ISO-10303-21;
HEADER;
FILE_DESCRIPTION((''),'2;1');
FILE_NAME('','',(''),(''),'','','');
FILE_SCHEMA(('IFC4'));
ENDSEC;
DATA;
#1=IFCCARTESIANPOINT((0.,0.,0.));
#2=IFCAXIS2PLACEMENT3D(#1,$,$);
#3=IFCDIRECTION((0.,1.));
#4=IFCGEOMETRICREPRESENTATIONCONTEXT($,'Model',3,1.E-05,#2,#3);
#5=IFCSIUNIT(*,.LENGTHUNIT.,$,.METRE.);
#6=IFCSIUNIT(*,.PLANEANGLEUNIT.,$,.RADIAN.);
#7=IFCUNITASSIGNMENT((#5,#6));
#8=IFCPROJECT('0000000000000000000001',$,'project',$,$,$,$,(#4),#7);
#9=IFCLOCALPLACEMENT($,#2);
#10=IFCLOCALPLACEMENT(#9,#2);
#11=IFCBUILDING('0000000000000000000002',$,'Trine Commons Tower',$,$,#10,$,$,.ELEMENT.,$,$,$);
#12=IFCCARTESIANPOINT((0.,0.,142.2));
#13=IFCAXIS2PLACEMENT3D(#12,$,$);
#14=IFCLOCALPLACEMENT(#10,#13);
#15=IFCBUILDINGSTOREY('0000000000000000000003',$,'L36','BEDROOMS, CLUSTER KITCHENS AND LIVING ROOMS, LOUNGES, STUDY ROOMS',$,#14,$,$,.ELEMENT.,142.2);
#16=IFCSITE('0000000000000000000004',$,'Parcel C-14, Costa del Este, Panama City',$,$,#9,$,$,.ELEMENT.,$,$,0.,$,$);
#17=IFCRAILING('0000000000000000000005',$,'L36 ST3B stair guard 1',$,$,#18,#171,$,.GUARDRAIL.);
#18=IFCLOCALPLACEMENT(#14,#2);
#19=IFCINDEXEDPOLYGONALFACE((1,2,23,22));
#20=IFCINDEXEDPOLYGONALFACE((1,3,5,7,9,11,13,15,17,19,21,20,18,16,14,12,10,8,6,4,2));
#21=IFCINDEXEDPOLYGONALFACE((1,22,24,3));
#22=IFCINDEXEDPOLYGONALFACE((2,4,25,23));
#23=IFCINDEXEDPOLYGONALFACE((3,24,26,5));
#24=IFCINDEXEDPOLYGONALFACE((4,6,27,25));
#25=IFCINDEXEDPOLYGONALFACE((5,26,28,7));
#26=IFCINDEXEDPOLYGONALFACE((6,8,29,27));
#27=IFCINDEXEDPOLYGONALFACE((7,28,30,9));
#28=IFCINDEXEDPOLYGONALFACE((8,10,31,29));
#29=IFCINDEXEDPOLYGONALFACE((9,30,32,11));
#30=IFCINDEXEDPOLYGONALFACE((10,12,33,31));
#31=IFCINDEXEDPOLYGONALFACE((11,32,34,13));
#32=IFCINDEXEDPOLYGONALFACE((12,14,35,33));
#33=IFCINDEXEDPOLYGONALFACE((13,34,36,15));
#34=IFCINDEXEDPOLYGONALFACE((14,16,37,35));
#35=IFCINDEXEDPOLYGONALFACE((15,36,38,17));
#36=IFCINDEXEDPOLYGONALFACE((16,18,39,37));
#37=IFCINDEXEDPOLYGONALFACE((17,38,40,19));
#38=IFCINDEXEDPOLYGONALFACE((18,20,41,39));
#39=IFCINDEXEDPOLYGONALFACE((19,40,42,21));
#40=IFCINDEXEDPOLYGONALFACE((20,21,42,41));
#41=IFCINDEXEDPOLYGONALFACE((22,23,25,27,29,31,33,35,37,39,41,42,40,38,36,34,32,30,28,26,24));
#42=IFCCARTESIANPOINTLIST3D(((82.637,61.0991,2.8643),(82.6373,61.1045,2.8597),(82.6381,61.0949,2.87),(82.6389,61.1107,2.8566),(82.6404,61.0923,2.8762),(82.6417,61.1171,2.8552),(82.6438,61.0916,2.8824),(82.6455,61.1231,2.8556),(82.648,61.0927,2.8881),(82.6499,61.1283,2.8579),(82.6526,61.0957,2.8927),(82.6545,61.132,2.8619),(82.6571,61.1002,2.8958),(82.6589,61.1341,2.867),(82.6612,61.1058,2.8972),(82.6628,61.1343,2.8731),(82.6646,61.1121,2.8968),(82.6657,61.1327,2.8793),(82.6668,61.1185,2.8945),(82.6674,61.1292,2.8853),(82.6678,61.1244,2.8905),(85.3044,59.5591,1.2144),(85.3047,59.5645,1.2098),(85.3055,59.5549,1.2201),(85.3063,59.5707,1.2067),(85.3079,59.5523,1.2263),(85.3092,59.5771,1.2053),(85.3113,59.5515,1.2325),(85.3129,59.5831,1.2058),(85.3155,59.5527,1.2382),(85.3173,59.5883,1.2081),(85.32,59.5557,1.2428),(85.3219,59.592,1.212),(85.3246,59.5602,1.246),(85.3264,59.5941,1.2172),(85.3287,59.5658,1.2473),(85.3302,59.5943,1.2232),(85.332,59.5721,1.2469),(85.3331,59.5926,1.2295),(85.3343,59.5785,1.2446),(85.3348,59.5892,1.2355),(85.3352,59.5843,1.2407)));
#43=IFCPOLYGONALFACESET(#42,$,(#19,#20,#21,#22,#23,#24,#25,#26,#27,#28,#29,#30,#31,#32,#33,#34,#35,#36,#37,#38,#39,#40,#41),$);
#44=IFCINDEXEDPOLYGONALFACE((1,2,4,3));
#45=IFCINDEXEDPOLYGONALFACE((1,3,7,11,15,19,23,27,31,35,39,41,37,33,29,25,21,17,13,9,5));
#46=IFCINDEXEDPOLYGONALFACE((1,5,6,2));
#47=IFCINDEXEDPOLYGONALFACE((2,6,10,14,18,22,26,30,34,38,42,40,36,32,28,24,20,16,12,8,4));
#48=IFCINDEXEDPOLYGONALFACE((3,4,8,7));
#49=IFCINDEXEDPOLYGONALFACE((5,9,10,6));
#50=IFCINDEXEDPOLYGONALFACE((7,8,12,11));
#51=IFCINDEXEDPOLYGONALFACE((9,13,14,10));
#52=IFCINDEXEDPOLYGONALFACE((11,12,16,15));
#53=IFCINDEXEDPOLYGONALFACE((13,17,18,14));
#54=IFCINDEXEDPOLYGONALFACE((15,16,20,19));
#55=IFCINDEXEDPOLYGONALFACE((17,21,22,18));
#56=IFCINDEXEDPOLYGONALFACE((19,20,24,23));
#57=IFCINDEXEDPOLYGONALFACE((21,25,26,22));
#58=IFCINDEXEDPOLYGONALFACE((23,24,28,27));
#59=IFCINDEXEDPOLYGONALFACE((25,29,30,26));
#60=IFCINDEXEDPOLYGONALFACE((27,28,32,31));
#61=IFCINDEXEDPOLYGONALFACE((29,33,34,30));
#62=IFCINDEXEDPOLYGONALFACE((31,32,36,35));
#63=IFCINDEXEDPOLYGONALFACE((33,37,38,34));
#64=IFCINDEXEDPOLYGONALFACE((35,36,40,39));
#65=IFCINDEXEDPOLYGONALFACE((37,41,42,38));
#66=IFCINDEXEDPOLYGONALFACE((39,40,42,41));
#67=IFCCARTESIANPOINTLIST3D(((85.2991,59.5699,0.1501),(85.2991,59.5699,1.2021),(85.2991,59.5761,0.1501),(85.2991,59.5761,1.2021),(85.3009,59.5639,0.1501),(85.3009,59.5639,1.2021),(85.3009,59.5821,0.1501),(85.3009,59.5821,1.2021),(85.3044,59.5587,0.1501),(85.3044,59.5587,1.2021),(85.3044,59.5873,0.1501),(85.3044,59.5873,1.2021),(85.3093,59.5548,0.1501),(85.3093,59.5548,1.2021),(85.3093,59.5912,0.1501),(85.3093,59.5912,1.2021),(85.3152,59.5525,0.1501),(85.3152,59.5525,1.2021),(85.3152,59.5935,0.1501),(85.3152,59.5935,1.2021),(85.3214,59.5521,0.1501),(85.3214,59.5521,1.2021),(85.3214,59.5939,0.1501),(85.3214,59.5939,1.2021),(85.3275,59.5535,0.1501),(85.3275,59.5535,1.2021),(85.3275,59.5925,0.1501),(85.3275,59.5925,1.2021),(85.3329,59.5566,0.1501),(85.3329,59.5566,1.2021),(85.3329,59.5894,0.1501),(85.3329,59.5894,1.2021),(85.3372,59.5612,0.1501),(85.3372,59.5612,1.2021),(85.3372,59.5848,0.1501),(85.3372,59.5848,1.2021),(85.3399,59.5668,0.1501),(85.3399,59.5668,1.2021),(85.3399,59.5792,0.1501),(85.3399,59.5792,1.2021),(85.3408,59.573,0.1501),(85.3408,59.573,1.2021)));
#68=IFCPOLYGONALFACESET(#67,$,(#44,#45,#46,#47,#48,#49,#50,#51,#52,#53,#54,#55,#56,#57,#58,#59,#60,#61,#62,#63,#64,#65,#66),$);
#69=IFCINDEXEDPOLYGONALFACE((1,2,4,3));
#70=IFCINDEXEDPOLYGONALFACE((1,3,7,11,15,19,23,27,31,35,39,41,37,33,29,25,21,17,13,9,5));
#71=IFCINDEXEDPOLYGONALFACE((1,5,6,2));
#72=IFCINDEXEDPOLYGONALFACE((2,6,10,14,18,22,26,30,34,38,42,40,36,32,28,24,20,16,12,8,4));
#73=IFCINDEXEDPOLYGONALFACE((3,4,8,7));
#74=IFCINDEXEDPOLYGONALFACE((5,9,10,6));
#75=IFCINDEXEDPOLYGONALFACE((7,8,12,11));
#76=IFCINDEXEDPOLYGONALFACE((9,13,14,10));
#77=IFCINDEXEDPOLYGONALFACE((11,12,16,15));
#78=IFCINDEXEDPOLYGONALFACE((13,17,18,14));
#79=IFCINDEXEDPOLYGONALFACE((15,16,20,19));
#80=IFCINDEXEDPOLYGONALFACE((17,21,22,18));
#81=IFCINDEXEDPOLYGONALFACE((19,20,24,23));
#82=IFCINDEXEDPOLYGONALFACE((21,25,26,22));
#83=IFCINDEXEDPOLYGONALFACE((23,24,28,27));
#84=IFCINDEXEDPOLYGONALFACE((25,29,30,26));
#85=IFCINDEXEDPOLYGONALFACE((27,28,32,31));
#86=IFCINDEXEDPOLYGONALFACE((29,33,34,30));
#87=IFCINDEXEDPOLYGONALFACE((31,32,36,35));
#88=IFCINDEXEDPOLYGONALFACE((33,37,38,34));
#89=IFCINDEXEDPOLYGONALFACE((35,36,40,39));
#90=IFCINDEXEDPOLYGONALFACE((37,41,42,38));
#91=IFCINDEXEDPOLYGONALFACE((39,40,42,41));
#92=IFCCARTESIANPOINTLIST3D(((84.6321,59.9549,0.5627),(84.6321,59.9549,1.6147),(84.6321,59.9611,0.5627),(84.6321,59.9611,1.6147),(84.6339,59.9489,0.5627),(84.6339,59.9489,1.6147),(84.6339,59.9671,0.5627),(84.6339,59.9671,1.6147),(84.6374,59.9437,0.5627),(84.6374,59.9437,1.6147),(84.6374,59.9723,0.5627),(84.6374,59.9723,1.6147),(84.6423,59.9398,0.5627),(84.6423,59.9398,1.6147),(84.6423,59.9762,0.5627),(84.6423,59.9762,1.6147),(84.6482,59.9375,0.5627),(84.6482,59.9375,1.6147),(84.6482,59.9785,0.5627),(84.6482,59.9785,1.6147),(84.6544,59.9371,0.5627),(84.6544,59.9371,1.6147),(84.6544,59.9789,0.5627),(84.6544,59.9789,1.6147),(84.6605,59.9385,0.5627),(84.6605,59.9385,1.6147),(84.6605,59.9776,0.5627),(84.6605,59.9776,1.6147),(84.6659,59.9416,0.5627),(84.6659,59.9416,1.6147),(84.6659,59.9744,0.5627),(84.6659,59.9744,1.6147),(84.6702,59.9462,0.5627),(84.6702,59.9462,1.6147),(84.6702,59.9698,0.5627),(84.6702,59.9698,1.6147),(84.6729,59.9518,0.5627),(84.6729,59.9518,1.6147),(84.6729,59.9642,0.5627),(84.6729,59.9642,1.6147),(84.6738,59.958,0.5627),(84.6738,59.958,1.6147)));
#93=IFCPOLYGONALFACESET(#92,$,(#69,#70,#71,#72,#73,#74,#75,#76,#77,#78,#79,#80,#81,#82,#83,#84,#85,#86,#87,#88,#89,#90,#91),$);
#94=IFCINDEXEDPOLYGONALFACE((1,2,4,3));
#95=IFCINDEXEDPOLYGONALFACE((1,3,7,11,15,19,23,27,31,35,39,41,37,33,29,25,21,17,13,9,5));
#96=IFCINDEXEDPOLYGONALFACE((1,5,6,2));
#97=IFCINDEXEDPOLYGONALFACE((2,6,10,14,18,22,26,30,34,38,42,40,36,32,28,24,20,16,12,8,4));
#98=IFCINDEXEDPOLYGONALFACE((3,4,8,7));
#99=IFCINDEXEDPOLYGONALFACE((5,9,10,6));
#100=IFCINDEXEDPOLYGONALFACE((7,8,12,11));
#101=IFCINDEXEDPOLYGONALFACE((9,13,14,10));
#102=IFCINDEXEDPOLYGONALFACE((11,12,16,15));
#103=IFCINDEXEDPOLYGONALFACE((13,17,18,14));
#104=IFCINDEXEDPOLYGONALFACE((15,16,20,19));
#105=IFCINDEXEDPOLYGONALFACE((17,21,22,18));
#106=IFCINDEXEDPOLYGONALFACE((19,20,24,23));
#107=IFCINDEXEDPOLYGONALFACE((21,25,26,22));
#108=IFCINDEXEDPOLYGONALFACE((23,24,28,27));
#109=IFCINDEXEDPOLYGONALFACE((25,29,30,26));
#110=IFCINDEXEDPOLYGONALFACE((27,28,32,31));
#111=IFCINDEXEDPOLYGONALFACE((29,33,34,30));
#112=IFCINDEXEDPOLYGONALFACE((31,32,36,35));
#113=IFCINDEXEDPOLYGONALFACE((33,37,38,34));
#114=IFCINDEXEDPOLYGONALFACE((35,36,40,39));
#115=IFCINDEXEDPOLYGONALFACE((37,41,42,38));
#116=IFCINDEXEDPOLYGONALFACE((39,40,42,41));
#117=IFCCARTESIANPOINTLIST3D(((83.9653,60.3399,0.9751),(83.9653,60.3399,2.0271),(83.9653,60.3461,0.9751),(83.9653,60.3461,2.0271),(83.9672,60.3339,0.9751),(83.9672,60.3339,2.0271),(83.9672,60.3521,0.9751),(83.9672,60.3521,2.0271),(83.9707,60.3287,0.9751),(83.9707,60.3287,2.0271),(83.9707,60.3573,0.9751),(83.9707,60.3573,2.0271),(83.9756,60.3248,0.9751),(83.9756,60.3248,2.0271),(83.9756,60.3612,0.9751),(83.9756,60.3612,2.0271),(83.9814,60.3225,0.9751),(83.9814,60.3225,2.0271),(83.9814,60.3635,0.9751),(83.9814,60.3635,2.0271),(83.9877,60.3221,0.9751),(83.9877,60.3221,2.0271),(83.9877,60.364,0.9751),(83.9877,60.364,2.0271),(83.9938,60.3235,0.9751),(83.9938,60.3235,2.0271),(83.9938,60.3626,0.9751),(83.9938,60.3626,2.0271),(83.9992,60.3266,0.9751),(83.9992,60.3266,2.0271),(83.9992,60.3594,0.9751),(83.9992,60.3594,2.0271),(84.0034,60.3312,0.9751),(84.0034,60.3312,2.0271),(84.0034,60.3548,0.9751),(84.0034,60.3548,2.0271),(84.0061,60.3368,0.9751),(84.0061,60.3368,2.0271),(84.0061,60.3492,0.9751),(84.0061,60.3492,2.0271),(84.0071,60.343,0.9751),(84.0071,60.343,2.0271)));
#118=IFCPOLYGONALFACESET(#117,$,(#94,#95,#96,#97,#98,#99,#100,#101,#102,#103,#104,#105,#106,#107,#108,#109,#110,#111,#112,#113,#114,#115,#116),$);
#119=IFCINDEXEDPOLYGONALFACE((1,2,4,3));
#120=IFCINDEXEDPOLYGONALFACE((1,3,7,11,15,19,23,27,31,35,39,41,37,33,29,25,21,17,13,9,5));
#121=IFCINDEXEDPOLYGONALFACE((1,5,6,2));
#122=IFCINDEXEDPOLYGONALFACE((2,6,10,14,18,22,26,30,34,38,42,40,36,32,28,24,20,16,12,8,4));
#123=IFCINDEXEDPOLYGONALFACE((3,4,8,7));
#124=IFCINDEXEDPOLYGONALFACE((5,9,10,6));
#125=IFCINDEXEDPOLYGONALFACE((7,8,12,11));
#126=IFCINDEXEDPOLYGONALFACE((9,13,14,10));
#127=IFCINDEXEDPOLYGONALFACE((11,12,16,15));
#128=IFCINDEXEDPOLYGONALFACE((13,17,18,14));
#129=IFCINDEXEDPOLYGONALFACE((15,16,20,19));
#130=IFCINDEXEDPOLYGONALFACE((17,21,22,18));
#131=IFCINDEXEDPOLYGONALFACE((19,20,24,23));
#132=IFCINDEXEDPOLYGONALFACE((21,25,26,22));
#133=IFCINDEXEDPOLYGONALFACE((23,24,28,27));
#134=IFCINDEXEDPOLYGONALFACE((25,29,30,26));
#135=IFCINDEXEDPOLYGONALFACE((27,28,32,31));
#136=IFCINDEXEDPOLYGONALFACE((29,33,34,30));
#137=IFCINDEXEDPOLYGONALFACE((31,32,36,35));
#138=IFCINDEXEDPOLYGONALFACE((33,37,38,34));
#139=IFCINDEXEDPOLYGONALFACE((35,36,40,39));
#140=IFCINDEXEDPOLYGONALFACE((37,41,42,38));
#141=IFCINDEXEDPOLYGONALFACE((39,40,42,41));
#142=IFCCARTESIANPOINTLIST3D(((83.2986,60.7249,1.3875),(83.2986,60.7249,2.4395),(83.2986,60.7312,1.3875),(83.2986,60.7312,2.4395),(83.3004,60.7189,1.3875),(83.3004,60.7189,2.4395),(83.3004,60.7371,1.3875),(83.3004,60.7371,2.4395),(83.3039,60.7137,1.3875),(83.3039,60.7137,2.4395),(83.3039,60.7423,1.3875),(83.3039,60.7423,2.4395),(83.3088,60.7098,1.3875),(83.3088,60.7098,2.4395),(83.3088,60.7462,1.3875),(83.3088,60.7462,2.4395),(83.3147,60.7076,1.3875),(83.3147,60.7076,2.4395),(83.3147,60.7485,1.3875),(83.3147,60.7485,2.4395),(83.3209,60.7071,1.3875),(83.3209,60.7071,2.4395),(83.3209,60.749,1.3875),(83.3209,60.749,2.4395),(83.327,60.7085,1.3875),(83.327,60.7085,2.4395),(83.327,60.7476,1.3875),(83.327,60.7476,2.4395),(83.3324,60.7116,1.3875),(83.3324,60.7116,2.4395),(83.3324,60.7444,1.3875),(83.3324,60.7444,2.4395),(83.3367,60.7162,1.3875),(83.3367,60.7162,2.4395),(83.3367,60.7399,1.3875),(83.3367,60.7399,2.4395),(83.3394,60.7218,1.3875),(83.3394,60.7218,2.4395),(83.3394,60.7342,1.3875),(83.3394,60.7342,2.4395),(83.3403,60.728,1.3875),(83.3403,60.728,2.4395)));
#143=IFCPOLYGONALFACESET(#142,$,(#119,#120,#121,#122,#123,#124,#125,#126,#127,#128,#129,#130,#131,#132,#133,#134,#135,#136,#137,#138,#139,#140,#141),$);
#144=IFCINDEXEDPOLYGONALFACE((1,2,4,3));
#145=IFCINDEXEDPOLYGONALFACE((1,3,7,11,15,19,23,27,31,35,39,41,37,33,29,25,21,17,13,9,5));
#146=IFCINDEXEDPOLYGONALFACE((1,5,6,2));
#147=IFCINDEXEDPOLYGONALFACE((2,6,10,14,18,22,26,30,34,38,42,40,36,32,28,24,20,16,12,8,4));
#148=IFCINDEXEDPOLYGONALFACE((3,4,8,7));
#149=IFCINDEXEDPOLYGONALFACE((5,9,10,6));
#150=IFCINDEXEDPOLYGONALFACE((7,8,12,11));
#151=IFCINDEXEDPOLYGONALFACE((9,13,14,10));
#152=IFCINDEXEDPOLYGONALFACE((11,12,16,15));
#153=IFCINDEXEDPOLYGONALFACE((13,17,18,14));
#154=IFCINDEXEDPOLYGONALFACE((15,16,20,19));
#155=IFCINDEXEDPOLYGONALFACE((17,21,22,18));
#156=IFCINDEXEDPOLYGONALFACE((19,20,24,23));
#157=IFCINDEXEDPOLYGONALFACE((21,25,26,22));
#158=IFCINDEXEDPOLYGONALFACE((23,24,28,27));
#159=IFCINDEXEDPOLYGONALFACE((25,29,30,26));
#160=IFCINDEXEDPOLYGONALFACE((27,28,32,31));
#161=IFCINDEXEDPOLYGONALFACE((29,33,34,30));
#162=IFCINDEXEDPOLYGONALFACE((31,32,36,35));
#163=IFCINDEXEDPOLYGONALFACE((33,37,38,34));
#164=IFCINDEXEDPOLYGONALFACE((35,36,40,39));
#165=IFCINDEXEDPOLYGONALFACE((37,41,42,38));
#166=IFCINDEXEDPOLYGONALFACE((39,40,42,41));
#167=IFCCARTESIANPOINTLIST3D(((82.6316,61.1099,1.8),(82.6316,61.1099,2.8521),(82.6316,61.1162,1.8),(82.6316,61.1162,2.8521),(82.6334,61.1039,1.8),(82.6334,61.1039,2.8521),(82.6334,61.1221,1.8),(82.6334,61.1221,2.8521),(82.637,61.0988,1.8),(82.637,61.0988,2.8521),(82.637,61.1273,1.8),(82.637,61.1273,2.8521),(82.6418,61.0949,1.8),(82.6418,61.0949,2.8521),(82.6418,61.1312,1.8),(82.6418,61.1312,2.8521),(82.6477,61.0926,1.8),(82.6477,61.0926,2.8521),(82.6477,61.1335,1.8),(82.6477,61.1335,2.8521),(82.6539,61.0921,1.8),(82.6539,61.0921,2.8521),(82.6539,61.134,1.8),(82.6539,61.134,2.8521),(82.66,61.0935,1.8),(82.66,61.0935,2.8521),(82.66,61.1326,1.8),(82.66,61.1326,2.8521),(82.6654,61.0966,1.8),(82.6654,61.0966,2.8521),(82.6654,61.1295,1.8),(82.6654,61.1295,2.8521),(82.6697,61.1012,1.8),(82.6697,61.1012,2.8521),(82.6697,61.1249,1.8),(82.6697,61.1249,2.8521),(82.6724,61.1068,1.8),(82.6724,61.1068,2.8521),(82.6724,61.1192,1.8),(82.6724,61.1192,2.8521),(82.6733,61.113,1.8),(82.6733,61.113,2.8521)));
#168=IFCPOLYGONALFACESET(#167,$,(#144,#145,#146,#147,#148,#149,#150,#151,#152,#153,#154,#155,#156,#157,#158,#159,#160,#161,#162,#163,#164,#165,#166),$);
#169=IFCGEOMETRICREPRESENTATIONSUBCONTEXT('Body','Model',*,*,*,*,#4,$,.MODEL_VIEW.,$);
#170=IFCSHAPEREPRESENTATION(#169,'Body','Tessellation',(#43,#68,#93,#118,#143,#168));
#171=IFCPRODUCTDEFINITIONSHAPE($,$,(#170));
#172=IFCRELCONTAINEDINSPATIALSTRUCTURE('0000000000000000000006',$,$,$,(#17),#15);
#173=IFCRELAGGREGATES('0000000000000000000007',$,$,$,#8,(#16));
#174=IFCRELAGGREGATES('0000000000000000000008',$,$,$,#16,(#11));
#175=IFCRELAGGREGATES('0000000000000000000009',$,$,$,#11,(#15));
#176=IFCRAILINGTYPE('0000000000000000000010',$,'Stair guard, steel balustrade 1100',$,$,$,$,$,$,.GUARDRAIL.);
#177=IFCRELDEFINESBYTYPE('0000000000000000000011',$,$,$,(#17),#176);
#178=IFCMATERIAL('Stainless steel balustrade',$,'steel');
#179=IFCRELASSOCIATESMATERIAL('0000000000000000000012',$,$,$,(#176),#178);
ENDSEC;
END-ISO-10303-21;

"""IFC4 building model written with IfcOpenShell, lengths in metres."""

from ifc_helpers import new_model, si_unit, direction, frame, origin, origin_2d, place, context, subcontext, project, spatial, circle, extrude, material, type_object, element, save


model = new_model("IFC4")

# Units and contexts
model_context = context("Model", 3, precision=1e-05, world=origin(), true_north=direction((0.0, 1.0)))
body_context = subcontext(model_context, "Body", "Model", "MODEL_VIEW")
ifc_project = project(units=[si_unit("LENGTHUNIT", "METRE"), si_unit("PLANEANGLEUNIT", "RADIAN")], contexts=[model_context])

# Site, building, storey
site_placement = place(None, origin())
site = spatial("IfcSite", under=ifc_project, at=site_placement, Name="Parcel C-14, Costa del Este, Panama City", CompositionType="ELEMENT", RefElevation=0.0)
building_placement = place(site_placement, origin())
building = spatial("IfcBuilding", under=site, at=building_placement, Name="Trine Commons Tower", CompositionType="ELEMENT")
storey_placement = place(building_placement, frame((0.0, 0.0, 142.2)))
storey = spatial("IfcBuildingStorey", under=building, at=storey_placement, Name="L36", Description="BEDROOMS, CLUSTER KITCHENS AND LIVING ROOMS, LOUNGES, STUDY ROOMS", CompositionType="ELEMENT", Elevation=142.2)

# Railing
ifc_material_1 = material(Name="Stainless steel balustrade", Category="steel")
railing_type_1 = type_object("IfcRailingType", Name="Stair guard, steel balustrade 1100", PredefinedType="GUARDRAIL", material=ifc_material_1)
railing_1_placement = place(storey_placement, frame((85.3198, 59.573, 0.1501)))
element("IfcRailing", 1, at=railing_1_placement, inside=storey, type_object=railing_type_1, Name="L36 ST3B stair guard 1", PredefinedType="GUARDRAIL", context=body_context, shape_type="SweptSolid", body=[
    extrude(circle(Radius=0.0239, at=origin_2d()), frame((0.0, 0.0, 1.0762), z_axis=(-0.763405, 0.440743, 0.472185), x_axis=(-0.499992, -0.86603, 0.0)), (0.0, 0.0, 1.0), 3.4941),
    extrude(circle(Radius=0.021, at=origin_2d()), origin(), (0.0, 0.0, 1.0), 1.052),
    extrude(circle(Radius=0.021, at=origin_2d()), frame((-0.667, 0.385, 0.4126)), (0.0, 0.0, 1.0), 1.052),
    extrude(circle(Radius=0.021, at=origin_2d()), frame((-1.3337, 0.77, 0.825)), (0.0, 0.0, 1.0), 1.052),
    extrude(circle(Radius=0.021, at=origin_2d()), frame((-2.0005, 1.155, 1.2373)), (0.0, 0.0, 1.0), 1.052),
    extrude(circle(Radius=0.021, at=origin_2d()), frame((-2.6675, 1.54, 1.6499)), (0.0, 0.0, 1.0), 1.052),
])

save(model, "model.ifc")
